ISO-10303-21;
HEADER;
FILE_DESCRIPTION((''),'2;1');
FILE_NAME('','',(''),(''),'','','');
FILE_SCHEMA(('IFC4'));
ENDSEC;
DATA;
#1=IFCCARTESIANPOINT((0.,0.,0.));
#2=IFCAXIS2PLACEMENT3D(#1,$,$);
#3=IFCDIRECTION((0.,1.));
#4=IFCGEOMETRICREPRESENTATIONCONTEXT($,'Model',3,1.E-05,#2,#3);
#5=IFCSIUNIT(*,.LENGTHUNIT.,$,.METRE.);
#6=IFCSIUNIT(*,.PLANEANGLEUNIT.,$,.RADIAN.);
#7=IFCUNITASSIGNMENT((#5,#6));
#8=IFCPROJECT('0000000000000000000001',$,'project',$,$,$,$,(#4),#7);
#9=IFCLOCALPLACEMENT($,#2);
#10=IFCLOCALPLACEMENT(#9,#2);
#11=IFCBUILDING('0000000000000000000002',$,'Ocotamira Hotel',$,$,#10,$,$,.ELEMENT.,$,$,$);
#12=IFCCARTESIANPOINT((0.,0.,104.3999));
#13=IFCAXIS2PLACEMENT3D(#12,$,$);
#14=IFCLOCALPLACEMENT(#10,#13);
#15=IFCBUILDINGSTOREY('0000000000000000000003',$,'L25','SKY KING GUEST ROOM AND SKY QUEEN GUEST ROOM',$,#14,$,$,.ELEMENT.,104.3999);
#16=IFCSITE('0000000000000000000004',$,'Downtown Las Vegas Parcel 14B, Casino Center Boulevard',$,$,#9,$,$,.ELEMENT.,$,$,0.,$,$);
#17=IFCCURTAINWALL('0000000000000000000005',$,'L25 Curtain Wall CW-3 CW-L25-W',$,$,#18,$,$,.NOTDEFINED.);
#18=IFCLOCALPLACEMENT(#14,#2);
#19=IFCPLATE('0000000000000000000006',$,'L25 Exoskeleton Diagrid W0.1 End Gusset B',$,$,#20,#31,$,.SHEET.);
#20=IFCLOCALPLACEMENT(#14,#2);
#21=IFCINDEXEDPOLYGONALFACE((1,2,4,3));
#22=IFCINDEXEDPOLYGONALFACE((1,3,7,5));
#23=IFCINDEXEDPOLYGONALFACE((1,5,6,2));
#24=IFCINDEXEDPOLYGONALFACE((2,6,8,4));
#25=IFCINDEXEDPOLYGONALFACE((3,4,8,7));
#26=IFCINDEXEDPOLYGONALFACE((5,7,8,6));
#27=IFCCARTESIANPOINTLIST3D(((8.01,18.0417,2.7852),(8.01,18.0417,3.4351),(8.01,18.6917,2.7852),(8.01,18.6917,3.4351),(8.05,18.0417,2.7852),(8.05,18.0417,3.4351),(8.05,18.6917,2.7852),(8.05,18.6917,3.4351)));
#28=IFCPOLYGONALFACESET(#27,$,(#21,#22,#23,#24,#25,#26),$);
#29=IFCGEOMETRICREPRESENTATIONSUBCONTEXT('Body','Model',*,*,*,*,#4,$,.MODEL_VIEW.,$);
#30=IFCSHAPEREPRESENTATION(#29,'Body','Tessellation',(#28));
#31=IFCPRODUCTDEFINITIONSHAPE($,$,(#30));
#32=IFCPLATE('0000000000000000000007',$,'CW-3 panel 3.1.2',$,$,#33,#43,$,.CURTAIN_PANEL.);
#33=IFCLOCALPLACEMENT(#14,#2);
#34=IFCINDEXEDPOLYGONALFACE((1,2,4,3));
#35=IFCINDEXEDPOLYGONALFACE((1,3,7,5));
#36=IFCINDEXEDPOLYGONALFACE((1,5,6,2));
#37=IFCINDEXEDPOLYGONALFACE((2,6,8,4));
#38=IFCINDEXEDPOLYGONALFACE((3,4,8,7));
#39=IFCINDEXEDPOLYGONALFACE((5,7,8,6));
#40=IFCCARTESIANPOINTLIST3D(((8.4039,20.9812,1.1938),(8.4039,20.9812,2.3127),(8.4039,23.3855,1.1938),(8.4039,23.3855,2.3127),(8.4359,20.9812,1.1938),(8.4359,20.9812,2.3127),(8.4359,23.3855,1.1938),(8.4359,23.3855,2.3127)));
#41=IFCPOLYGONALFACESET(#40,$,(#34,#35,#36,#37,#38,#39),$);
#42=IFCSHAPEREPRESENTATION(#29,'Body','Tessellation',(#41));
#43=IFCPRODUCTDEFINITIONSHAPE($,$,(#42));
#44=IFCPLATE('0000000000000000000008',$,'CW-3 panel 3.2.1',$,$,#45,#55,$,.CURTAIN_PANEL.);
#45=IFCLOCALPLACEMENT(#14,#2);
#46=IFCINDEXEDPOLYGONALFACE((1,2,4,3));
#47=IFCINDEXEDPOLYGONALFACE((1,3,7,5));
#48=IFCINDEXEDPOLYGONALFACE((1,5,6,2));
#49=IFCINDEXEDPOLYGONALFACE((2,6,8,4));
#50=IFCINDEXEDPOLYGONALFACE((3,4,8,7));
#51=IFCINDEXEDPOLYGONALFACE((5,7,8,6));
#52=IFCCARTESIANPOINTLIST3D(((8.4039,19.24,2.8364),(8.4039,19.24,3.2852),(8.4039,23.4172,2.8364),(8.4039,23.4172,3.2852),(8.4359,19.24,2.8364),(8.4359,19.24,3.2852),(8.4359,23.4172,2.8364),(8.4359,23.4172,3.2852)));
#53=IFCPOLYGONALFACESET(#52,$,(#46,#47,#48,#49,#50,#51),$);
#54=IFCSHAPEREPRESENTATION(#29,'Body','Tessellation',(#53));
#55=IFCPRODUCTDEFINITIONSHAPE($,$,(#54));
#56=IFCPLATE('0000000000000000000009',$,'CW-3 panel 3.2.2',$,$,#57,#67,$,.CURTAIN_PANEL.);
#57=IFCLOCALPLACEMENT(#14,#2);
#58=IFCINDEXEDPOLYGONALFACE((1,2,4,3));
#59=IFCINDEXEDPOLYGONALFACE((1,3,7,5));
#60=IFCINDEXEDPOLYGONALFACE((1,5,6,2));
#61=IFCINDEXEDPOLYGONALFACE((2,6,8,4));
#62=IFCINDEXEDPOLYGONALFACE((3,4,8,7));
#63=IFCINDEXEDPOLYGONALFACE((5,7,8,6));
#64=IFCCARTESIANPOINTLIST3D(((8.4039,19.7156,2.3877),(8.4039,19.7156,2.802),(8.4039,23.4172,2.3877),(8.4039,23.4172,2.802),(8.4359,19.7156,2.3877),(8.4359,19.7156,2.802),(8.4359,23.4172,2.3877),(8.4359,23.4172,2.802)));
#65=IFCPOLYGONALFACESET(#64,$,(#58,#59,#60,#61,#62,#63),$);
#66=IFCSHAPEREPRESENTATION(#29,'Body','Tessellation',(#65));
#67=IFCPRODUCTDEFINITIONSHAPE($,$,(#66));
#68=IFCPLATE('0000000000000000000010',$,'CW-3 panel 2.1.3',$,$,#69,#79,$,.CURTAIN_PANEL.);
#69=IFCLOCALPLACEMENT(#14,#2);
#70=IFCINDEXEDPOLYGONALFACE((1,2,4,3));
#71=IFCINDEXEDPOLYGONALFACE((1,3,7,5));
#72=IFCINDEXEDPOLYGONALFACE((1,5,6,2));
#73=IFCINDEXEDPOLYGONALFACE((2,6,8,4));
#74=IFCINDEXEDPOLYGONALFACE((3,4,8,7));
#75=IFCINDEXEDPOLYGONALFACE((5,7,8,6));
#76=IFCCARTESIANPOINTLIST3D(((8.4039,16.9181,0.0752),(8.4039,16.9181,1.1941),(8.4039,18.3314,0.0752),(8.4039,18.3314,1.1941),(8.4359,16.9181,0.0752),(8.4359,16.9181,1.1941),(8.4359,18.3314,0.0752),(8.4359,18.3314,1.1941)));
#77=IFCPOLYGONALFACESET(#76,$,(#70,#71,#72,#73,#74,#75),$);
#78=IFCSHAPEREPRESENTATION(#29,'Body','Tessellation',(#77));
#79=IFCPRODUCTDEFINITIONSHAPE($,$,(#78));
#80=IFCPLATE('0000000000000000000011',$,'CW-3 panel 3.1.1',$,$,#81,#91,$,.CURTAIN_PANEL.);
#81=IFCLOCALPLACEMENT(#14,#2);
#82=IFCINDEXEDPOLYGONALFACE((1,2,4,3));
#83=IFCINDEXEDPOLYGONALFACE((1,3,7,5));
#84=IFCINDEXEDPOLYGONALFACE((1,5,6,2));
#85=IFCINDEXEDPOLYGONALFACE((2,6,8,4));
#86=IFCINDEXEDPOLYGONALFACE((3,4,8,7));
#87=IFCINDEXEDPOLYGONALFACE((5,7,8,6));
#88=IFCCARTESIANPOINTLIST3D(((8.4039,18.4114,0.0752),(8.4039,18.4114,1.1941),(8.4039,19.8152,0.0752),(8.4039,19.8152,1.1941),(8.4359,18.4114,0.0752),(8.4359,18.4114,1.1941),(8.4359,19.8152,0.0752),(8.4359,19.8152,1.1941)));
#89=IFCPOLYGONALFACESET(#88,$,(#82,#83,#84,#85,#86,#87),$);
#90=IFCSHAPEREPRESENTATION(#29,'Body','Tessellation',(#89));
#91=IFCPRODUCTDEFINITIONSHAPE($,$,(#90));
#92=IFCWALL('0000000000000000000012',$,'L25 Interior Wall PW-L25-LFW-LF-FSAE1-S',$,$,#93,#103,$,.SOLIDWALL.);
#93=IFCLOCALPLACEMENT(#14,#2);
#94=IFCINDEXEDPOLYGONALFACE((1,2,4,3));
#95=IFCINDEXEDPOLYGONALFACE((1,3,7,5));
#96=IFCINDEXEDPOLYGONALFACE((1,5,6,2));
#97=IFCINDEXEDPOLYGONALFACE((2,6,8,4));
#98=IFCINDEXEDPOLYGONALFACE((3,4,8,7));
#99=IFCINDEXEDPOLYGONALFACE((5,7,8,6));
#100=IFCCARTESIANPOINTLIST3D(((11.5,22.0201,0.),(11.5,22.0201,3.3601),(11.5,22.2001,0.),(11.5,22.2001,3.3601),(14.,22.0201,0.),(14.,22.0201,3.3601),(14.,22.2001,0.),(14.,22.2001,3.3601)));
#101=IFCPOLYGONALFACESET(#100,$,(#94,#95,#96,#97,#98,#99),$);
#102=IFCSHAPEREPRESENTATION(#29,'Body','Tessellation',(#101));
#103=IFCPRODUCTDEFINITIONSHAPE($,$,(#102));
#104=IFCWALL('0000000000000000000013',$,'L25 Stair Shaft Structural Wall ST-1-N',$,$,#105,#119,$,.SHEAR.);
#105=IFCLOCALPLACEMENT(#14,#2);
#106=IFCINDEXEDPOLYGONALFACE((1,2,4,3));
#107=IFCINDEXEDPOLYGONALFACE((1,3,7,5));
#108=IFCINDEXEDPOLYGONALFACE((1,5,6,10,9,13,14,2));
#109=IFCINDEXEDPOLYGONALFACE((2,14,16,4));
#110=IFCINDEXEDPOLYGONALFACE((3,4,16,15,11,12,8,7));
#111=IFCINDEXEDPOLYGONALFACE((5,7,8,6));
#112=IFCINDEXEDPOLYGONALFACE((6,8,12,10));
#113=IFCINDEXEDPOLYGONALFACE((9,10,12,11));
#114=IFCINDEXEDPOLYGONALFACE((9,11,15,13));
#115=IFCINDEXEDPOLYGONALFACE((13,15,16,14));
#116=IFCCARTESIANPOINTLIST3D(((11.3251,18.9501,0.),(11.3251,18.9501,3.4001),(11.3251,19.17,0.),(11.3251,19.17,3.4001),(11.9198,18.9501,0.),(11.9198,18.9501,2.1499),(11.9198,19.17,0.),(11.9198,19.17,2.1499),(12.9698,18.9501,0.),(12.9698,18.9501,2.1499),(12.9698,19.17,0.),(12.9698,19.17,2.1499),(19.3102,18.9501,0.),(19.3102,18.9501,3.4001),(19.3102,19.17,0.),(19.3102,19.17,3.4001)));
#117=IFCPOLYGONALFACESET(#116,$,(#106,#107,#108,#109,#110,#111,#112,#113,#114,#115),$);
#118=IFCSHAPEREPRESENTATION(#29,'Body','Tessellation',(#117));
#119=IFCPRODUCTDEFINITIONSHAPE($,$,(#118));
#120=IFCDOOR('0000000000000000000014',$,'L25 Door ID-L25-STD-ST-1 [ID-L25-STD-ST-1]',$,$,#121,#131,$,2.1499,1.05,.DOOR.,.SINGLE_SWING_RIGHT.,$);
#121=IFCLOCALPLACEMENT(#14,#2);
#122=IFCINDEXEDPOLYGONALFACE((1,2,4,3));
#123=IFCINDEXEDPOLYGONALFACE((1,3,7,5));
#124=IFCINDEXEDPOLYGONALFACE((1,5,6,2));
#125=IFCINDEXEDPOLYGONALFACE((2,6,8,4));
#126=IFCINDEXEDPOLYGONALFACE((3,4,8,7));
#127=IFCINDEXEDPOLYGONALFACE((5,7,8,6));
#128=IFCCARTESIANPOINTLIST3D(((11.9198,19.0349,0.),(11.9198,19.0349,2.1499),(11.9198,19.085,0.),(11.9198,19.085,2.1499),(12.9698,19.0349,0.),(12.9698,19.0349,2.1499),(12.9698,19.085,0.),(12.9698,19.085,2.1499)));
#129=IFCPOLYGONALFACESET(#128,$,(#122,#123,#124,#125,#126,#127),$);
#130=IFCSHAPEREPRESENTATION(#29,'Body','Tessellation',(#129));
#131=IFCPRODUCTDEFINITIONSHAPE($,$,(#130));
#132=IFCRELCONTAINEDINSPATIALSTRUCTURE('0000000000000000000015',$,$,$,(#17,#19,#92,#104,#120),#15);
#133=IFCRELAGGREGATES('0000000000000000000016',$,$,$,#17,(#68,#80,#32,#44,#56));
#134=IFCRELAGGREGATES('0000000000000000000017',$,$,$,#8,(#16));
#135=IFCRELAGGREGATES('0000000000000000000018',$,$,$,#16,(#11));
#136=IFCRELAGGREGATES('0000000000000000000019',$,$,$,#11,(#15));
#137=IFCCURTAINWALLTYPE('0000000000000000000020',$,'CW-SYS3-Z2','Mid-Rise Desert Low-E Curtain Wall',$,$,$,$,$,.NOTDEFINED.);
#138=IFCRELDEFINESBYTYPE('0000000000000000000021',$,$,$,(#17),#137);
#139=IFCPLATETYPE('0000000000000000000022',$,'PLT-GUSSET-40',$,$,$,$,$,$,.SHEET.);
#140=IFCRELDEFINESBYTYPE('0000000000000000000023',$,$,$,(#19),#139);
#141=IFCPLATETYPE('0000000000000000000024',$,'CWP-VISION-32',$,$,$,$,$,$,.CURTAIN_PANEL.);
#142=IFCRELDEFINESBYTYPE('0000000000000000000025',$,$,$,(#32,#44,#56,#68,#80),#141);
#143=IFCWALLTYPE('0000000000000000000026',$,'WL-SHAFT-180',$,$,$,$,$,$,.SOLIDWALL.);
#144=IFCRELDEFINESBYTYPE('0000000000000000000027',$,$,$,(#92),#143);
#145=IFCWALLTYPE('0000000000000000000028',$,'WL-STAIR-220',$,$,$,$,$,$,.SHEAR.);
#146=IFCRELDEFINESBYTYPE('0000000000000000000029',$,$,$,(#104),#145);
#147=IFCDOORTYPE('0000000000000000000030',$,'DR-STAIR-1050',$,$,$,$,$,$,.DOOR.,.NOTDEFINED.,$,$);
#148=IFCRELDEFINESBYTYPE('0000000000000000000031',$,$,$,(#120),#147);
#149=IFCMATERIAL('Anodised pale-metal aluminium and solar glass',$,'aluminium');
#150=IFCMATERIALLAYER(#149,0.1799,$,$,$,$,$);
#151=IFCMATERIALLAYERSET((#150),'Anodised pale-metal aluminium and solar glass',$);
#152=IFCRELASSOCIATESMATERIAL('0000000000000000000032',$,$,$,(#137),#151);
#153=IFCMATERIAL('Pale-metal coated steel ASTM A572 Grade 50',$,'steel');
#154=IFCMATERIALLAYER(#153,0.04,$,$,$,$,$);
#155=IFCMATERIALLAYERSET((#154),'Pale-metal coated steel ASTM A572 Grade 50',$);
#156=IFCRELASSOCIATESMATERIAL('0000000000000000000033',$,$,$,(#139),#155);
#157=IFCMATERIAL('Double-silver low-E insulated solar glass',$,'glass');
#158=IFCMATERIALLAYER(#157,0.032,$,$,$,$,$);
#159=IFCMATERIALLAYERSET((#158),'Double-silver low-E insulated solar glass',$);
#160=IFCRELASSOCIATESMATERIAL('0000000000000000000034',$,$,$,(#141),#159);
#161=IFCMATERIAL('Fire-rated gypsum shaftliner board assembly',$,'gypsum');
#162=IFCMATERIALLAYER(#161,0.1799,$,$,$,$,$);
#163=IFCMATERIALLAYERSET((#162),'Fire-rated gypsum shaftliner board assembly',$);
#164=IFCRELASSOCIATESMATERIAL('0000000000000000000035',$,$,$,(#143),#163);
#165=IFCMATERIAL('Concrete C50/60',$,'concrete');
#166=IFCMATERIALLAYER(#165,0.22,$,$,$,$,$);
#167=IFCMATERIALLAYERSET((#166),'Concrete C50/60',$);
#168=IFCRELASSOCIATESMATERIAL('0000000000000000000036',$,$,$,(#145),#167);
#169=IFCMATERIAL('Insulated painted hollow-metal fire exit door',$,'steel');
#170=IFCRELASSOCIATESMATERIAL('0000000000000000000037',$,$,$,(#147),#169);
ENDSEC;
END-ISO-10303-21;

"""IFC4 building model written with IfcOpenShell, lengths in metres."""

from ifc_helpers import new_model, si_unit, direction, frame, frame_2d, origin, origin_2d, place, context, subcontext, project, spatial, rectangle, extrude, source, transform, mapped, material, layer, layer_set, type_object, element, fill, aggregate, save


model = new_model("IFC4")

# Units and contexts
model_context = context("Model", 3, precision=1e-05, world=origin(), true_north=direction((0.0, 1.0)))
body_context = subcontext(model_context, "Body", "Model", "MODEL_VIEW")
ifc_project = project(units=[si_unit("LENGTHUNIT", "METRE"), si_unit("PLANEANGLEUNIT", "RADIAN")], contexts=[model_context])

# Site, building, storey
site_placement = place(None, origin())
site = spatial("IfcSite", under=ifc_project, at=site_placement, Name="Downtown Las Vegas Parcel 14B, Casino Center Boulevard", CompositionType="ELEMENT", RefElevation=0.0)
building_placement = place(site_placement, origin())
building = spatial("IfcBuilding", under=site, at=building_placement, Name="Ocotamira Hotel", CompositionType="ELEMENT")
storey_placement = place(building_placement, frame((0.0, 0.0, 104.3999)))
storey = spatial("IfcBuildingStorey", under=building, at=storey_placement, Name="L25", Description="SKY KING GUEST ROOM AND SKY QUEEN GUEST ROOM", CompositionType="ELEMENT", Elevation=104.3999)

# Curtain wall
ifc_material_1 = material(Name="Anodised pale-metal aluminium and solar glass", Category="aluminium")
ifc_layer_1 = layer(ifc_material_1, 0.1799)
ifc_layer_set_1 = layer_set([ifc_layer_1], Name="Anodised pale-metal aluminium and solar glass")
curtain_wall_type = type_object("IfcCurtainWallType", Name="CW-SYS3-Z2", Description="Mid-Rise Desert Low-E Curtain Wall", PredefinedType="NOTDEFINED", material=ifc_layer_set_1)
curtain_wall_placement = place(storey_placement, origin())
curtain_wall = element("IfcCurtainWall", 1, at=curtain_wall_placement, inside=storey, type_object=curtain_wall_type, Name="L25 Curtain Wall CW-3 CW-L25-W", PredefinedType="NOTDEFINED")

# Plates
ifc_material_2 = material(Name="Pale-metal coated steel ASTM A572 Grade 50", Category="steel")
ifc_layer_2 = layer(ifc_material_2, 0.04)
ifc_layer_set_2 = layer_set([ifc_layer_2], Name="Pale-metal coated steel ASTM A572 Grade 50")
plate_type_1 = type_object("IfcPlateType", Name="PLT-GUSSET-40", PredefinedType="SHEET", material=ifc_layer_set_2)
shared_shape_1 = source(origin(), body_context, "Body", "SweptSolid", [
    extrude(rectangle(XDim=0.04, YDim=0.6499, at=origin_2d()), origin(), (0.0, 0.0, 1.0), 0.6499),
])
plate_1_placement = place(storey_placement, frame((8.03, 18.3667, 2.7852), z_axis=(0.0, 0.0, 1.0), x_axis=(1.0, 0.0, 0.0)))
element("IfcPlate", 2, at=plate_1_placement, inside=storey, type_object=plate_type_1, Name="L25 Exoskeleton Diagrid W0.1 End Gusset B", PredefinedType="SHEET", context=body_context, shape_type="MappedRepresentation", body=[
    mapped(shared_shape_1, transform((0.0, 0.0, 0.0), scale=1.0)),
])
ifc_material_3 = material(Name="Double-silver low-E insulated solar glass", Category="glass")
ifc_layer_3 = layer(ifc_material_3, 0.032)
ifc_layer_set_3 = layer_set([ifc_layer_3], Name="Double-silver low-E insulated solar glass")
plate_type_2 = type_object("IfcPlateType", Name="CWP-VISION-32", PredefinedType="CURTAIN_PANEL", material=ifc_layer_set_3)
shared_shape_2 = source(origin(), body_context, "Body", "SweptSolid", [
    extrude(rectangle(XDim=2.4043, YDim=0.032, at=origin_2d()), origin(), (0.0, 0.0, 1.0), 1.1189),
])
plate_2_placement = place(storey_placement, frame((8.4199, 22.1833, 1.1938), z_axis=(0.0, 0.0, 1.0), x_axis=(0.0, 1.0, 0.0)))
plate_2 = element("IfcPlate", 3, at=plate_2_placement, type_object=plate_type_2, Name="CW-3 panel 3.1.2", PredefinedType="CURTAIN_PANEL", context=body_context, shape_type="MappedRepresentation", body=[
    mapped(shared_shape_2, transform((0.0, 0.0, 0.0), scale=1.0)),
])
shared_shape_3 = source(origin(), body_context, "Body", "SweptSolid", [
    extrude(rectangle(XDim=4.1772, YDim=0.032, at=origin_2d()), origin(), (0.0, 0.0, 1.0), 0.4487),
])
plate_3_placement = place(storey_placement, frame((8.4199, 21.3286, 2.8364), z_axis=(0.0, 0.0, 1.0), x_axis=(0.0, 1.0, 0.0)))
plate_3 = element("IfcPlate", 4, at=plate_3_placement, type_object=plate_type_2, Name="CW-3 panel 3.2.1", PredefinedType="CURTAIN_PANEL", context=body_context, shape_type="MappedRepresentation", body=[
    mapped(shared_shape_3, transform((0.0, 0.0, 0.0), scale=1.0)),
])
shared_shape_4 = source(origin(), body_context, "Body", "SweptSolid", [
    extrude(rectangle(XDim=3.7017, YDim=0.032, at=origin_2d()), origin(), (0.0, 0.0, 1.0), 0.4143),
])
plate_4_placement = place(storey_placement, frame((8.4199, 21.5664, 2.3877), z_axis=(0.0, 0.0, 1.0), x_axis=(0.0, 1.0, 0.0)))
plate_4 = element("IfcPlate", 5, at=plate_4_placement, type_object=plate_type_2, Name="CW-3 panel 3.2.2", PredefinedType="CURTAIN_PANEL", context=body_context, shape_type="MappedRepresentation", body=[
    mapped(shared_shape_4, transform((0.0, 0.0, 0.0), scale=1.0)),
])
shared_shape_5 = source(origin(), body_context, "Body", "SweptSolid", [
    extrude(rectangle(XDim=1.4133, YDim=0.032, at=origin_2d()), origin(), (0.0, 0.0, 1.0), 1.1189),
])
plate_5_placement = place(storey_placement, frame((8.4199, 17.6248, 0.0752), z_axis=(0.0, 0.0, 1.0), x_axis=(0.0, 1.0, 0.0)))
plate_5 = element("IfcPlate", 6, at=plate_5_placement, type_object=plate_type_2, Name="CW-3 panel 2.1.3", PredefinedType="CURTAIN_PANEL", context=body_context, shape_type="MappedRepresentation", body=[
    mapped(shared_shape_5, transform((0.0, 0.0, 0.0), scale=1.0)),
])
shared_shape_6 = source(origin(), body_context, "Body", "SweptSolid", [
    extrude(rectangle(XDim=1.4038, YDim=0.032, at=origin_2d()), origin(), (0.0, 0.0, 1.0), 1.1189),
])
plate_6_placement = place(storey_placement, frame((8.4199, 19.1133, 0.0752), z_axis=(0.0, 0.0, 1.0), x_axis=(0.0, 1.0, 0.0)))
plate_6 = element("IfcPlate", 7, at=plate_6_placement, type_object=plate_type_2, Name="CW-3 panel 3.1.1", PredefinedType="CURTAIN_PANEL", context=body_context, shape_type="MappedRepresentation", body=[
    mapped(shared_shape_6, transform((0.0, 0.0, 0.0), scale=1.0)),
])
aggregate(curtain_wall, [plate_5, plate_6, plate_2, plate_3, plate_4])

# Wall
ifc_material_4 = material(Name="Fire-rated gypsum shaftliner board assembly", Category="gypsum")
ifc_layer_4 = layer(ifc_material_4, 0.1799)
ifc_layer_set_4 = layer_set([ifc_layer_4], Name="Fire-rated gypsum shaftliner board assembly")
wall_type_1 = type_object("IfcWallType", Name="WL-SHAFT-180", PredefinedType="SOLIDWALL", material=ifc_layer_set_4)
wall_1_placement = place(storey_placement, frame((11.5, 22.1101, 0.0), z_axis=(0.0, 0.0, 1.0), x_axis=(1.0, 0.0, 0.0)))
element("IfcWall", 8, at=wall_1_placement, inside=storey, type_object=wall_type_1, Name="L25 Interior Wall PW-L25-LFW-LF-FSAE1-S", PredefinedType="SOLIDWALL", context=body_context, shape_type="SweptSolid", body=[
    extrude(rectangle(XDim=2.5, YDim=0.1799, at=frame_2d((1.25, 0.0))), origin(), (0.0, 0.0, 1.0), 3.3601),
])

# Wall, opening, door
ifc_material_5 = material(Name="Concrete C50/60", Category="concrete")
ifc_layer_5 = layer(ifc_material_5, 0.22)
ifc_layer_set_5 = layer_set([ifc_layer_5], Name="Concrete C50/60")
wall_type_2 = type_object("IfcWallType", Name="WL-STAIR-220", PredefinedType="SHEAR", material=ifc_layer_set_5)
wall_2_placement = place(storey_placement, frame((11.325, 19.0601, 0.0), z_axis=(0.0, 0.0, 1.0), x_axis=(1.0, 0.0, 0.0)))
wall_2 = element("IfcWall", 9, at=wall_2_placement, inside=storey, type_object=wall_type_2, Name="L25 Stair Shaft Structural Wall ST-1-N", PredefinedType="SHEAR", context=body_context, shape_type="SweptSolid", body=[
    extrude(rectangle(XDim=7.9851, YDim=0.22, at=frame_2d((3.9927, 0.0))), origin(), (0.0, 0.0, 1.0), 3.4001),
])
opening_placement = place(wall_2_placement, frame((0.595, 0.0, 0.0)))
opening = element("IfcOpeningElement", 10, at=opening_placement, cuts=wall_2, PredefinedType="OPENING", context=body_context, shape_type="SweptSolid", body=[
    extrude(rectangle(XDim=1.05, YDim=2.1499, at=frame_2d((0.5249, 1.075))), frame((0.0, 0.1201, 0.0), z_axis=(0.0, -1.0, 0.0), x_axis=(1.0, 0.0, 0.0)), (0.0, 0.0, 1.0), 0.24),
])
ifc_material_6 = material(Name="Insulated painted hollow-metal fire exit door", Category="steel")
door_type = type_object("IfcDoorType", Name="DR-STAIR-1050", OperationType="NOTDEFINED", PredefinedType="DOOR", material=ifc_material_6)
shared_shape_7 = source(origin(), body_context, "Body", "SweptSolid", [
    extrude(rectangle(XDim=1.05, YDim=2.1499, at=frame_2d((0.5249, 1.075))), frame((0.0, 0.0249, 0.0), z_axis=(0.0, -1.0, 0.0), x_axis=(1.0, 0.0, 0.0)), (0.0, 0.0, 1.0), 0.05),
])
door_placement = place(opening_placement, origin())
door = element("IfcDoor", 11, at=door_placement, inside=storey, type_object=door_type, Name="L25 Door ID-L25-STD-ST-1 [ID-L25-STD-ST-1]", OperationType="SINGLE_SWING_RIGHT", OverallHeight=2.1499, OverallWidth=1.05, PredefinedType="DOOR", context=body_context, shape_type="MappedRepresentation", body=[
    mapped(shared_shape_7, transform((0.0, 0.0, 0.0), scale=1.0)),
])
fill(opening, door)

save(model, "model.ifc")
